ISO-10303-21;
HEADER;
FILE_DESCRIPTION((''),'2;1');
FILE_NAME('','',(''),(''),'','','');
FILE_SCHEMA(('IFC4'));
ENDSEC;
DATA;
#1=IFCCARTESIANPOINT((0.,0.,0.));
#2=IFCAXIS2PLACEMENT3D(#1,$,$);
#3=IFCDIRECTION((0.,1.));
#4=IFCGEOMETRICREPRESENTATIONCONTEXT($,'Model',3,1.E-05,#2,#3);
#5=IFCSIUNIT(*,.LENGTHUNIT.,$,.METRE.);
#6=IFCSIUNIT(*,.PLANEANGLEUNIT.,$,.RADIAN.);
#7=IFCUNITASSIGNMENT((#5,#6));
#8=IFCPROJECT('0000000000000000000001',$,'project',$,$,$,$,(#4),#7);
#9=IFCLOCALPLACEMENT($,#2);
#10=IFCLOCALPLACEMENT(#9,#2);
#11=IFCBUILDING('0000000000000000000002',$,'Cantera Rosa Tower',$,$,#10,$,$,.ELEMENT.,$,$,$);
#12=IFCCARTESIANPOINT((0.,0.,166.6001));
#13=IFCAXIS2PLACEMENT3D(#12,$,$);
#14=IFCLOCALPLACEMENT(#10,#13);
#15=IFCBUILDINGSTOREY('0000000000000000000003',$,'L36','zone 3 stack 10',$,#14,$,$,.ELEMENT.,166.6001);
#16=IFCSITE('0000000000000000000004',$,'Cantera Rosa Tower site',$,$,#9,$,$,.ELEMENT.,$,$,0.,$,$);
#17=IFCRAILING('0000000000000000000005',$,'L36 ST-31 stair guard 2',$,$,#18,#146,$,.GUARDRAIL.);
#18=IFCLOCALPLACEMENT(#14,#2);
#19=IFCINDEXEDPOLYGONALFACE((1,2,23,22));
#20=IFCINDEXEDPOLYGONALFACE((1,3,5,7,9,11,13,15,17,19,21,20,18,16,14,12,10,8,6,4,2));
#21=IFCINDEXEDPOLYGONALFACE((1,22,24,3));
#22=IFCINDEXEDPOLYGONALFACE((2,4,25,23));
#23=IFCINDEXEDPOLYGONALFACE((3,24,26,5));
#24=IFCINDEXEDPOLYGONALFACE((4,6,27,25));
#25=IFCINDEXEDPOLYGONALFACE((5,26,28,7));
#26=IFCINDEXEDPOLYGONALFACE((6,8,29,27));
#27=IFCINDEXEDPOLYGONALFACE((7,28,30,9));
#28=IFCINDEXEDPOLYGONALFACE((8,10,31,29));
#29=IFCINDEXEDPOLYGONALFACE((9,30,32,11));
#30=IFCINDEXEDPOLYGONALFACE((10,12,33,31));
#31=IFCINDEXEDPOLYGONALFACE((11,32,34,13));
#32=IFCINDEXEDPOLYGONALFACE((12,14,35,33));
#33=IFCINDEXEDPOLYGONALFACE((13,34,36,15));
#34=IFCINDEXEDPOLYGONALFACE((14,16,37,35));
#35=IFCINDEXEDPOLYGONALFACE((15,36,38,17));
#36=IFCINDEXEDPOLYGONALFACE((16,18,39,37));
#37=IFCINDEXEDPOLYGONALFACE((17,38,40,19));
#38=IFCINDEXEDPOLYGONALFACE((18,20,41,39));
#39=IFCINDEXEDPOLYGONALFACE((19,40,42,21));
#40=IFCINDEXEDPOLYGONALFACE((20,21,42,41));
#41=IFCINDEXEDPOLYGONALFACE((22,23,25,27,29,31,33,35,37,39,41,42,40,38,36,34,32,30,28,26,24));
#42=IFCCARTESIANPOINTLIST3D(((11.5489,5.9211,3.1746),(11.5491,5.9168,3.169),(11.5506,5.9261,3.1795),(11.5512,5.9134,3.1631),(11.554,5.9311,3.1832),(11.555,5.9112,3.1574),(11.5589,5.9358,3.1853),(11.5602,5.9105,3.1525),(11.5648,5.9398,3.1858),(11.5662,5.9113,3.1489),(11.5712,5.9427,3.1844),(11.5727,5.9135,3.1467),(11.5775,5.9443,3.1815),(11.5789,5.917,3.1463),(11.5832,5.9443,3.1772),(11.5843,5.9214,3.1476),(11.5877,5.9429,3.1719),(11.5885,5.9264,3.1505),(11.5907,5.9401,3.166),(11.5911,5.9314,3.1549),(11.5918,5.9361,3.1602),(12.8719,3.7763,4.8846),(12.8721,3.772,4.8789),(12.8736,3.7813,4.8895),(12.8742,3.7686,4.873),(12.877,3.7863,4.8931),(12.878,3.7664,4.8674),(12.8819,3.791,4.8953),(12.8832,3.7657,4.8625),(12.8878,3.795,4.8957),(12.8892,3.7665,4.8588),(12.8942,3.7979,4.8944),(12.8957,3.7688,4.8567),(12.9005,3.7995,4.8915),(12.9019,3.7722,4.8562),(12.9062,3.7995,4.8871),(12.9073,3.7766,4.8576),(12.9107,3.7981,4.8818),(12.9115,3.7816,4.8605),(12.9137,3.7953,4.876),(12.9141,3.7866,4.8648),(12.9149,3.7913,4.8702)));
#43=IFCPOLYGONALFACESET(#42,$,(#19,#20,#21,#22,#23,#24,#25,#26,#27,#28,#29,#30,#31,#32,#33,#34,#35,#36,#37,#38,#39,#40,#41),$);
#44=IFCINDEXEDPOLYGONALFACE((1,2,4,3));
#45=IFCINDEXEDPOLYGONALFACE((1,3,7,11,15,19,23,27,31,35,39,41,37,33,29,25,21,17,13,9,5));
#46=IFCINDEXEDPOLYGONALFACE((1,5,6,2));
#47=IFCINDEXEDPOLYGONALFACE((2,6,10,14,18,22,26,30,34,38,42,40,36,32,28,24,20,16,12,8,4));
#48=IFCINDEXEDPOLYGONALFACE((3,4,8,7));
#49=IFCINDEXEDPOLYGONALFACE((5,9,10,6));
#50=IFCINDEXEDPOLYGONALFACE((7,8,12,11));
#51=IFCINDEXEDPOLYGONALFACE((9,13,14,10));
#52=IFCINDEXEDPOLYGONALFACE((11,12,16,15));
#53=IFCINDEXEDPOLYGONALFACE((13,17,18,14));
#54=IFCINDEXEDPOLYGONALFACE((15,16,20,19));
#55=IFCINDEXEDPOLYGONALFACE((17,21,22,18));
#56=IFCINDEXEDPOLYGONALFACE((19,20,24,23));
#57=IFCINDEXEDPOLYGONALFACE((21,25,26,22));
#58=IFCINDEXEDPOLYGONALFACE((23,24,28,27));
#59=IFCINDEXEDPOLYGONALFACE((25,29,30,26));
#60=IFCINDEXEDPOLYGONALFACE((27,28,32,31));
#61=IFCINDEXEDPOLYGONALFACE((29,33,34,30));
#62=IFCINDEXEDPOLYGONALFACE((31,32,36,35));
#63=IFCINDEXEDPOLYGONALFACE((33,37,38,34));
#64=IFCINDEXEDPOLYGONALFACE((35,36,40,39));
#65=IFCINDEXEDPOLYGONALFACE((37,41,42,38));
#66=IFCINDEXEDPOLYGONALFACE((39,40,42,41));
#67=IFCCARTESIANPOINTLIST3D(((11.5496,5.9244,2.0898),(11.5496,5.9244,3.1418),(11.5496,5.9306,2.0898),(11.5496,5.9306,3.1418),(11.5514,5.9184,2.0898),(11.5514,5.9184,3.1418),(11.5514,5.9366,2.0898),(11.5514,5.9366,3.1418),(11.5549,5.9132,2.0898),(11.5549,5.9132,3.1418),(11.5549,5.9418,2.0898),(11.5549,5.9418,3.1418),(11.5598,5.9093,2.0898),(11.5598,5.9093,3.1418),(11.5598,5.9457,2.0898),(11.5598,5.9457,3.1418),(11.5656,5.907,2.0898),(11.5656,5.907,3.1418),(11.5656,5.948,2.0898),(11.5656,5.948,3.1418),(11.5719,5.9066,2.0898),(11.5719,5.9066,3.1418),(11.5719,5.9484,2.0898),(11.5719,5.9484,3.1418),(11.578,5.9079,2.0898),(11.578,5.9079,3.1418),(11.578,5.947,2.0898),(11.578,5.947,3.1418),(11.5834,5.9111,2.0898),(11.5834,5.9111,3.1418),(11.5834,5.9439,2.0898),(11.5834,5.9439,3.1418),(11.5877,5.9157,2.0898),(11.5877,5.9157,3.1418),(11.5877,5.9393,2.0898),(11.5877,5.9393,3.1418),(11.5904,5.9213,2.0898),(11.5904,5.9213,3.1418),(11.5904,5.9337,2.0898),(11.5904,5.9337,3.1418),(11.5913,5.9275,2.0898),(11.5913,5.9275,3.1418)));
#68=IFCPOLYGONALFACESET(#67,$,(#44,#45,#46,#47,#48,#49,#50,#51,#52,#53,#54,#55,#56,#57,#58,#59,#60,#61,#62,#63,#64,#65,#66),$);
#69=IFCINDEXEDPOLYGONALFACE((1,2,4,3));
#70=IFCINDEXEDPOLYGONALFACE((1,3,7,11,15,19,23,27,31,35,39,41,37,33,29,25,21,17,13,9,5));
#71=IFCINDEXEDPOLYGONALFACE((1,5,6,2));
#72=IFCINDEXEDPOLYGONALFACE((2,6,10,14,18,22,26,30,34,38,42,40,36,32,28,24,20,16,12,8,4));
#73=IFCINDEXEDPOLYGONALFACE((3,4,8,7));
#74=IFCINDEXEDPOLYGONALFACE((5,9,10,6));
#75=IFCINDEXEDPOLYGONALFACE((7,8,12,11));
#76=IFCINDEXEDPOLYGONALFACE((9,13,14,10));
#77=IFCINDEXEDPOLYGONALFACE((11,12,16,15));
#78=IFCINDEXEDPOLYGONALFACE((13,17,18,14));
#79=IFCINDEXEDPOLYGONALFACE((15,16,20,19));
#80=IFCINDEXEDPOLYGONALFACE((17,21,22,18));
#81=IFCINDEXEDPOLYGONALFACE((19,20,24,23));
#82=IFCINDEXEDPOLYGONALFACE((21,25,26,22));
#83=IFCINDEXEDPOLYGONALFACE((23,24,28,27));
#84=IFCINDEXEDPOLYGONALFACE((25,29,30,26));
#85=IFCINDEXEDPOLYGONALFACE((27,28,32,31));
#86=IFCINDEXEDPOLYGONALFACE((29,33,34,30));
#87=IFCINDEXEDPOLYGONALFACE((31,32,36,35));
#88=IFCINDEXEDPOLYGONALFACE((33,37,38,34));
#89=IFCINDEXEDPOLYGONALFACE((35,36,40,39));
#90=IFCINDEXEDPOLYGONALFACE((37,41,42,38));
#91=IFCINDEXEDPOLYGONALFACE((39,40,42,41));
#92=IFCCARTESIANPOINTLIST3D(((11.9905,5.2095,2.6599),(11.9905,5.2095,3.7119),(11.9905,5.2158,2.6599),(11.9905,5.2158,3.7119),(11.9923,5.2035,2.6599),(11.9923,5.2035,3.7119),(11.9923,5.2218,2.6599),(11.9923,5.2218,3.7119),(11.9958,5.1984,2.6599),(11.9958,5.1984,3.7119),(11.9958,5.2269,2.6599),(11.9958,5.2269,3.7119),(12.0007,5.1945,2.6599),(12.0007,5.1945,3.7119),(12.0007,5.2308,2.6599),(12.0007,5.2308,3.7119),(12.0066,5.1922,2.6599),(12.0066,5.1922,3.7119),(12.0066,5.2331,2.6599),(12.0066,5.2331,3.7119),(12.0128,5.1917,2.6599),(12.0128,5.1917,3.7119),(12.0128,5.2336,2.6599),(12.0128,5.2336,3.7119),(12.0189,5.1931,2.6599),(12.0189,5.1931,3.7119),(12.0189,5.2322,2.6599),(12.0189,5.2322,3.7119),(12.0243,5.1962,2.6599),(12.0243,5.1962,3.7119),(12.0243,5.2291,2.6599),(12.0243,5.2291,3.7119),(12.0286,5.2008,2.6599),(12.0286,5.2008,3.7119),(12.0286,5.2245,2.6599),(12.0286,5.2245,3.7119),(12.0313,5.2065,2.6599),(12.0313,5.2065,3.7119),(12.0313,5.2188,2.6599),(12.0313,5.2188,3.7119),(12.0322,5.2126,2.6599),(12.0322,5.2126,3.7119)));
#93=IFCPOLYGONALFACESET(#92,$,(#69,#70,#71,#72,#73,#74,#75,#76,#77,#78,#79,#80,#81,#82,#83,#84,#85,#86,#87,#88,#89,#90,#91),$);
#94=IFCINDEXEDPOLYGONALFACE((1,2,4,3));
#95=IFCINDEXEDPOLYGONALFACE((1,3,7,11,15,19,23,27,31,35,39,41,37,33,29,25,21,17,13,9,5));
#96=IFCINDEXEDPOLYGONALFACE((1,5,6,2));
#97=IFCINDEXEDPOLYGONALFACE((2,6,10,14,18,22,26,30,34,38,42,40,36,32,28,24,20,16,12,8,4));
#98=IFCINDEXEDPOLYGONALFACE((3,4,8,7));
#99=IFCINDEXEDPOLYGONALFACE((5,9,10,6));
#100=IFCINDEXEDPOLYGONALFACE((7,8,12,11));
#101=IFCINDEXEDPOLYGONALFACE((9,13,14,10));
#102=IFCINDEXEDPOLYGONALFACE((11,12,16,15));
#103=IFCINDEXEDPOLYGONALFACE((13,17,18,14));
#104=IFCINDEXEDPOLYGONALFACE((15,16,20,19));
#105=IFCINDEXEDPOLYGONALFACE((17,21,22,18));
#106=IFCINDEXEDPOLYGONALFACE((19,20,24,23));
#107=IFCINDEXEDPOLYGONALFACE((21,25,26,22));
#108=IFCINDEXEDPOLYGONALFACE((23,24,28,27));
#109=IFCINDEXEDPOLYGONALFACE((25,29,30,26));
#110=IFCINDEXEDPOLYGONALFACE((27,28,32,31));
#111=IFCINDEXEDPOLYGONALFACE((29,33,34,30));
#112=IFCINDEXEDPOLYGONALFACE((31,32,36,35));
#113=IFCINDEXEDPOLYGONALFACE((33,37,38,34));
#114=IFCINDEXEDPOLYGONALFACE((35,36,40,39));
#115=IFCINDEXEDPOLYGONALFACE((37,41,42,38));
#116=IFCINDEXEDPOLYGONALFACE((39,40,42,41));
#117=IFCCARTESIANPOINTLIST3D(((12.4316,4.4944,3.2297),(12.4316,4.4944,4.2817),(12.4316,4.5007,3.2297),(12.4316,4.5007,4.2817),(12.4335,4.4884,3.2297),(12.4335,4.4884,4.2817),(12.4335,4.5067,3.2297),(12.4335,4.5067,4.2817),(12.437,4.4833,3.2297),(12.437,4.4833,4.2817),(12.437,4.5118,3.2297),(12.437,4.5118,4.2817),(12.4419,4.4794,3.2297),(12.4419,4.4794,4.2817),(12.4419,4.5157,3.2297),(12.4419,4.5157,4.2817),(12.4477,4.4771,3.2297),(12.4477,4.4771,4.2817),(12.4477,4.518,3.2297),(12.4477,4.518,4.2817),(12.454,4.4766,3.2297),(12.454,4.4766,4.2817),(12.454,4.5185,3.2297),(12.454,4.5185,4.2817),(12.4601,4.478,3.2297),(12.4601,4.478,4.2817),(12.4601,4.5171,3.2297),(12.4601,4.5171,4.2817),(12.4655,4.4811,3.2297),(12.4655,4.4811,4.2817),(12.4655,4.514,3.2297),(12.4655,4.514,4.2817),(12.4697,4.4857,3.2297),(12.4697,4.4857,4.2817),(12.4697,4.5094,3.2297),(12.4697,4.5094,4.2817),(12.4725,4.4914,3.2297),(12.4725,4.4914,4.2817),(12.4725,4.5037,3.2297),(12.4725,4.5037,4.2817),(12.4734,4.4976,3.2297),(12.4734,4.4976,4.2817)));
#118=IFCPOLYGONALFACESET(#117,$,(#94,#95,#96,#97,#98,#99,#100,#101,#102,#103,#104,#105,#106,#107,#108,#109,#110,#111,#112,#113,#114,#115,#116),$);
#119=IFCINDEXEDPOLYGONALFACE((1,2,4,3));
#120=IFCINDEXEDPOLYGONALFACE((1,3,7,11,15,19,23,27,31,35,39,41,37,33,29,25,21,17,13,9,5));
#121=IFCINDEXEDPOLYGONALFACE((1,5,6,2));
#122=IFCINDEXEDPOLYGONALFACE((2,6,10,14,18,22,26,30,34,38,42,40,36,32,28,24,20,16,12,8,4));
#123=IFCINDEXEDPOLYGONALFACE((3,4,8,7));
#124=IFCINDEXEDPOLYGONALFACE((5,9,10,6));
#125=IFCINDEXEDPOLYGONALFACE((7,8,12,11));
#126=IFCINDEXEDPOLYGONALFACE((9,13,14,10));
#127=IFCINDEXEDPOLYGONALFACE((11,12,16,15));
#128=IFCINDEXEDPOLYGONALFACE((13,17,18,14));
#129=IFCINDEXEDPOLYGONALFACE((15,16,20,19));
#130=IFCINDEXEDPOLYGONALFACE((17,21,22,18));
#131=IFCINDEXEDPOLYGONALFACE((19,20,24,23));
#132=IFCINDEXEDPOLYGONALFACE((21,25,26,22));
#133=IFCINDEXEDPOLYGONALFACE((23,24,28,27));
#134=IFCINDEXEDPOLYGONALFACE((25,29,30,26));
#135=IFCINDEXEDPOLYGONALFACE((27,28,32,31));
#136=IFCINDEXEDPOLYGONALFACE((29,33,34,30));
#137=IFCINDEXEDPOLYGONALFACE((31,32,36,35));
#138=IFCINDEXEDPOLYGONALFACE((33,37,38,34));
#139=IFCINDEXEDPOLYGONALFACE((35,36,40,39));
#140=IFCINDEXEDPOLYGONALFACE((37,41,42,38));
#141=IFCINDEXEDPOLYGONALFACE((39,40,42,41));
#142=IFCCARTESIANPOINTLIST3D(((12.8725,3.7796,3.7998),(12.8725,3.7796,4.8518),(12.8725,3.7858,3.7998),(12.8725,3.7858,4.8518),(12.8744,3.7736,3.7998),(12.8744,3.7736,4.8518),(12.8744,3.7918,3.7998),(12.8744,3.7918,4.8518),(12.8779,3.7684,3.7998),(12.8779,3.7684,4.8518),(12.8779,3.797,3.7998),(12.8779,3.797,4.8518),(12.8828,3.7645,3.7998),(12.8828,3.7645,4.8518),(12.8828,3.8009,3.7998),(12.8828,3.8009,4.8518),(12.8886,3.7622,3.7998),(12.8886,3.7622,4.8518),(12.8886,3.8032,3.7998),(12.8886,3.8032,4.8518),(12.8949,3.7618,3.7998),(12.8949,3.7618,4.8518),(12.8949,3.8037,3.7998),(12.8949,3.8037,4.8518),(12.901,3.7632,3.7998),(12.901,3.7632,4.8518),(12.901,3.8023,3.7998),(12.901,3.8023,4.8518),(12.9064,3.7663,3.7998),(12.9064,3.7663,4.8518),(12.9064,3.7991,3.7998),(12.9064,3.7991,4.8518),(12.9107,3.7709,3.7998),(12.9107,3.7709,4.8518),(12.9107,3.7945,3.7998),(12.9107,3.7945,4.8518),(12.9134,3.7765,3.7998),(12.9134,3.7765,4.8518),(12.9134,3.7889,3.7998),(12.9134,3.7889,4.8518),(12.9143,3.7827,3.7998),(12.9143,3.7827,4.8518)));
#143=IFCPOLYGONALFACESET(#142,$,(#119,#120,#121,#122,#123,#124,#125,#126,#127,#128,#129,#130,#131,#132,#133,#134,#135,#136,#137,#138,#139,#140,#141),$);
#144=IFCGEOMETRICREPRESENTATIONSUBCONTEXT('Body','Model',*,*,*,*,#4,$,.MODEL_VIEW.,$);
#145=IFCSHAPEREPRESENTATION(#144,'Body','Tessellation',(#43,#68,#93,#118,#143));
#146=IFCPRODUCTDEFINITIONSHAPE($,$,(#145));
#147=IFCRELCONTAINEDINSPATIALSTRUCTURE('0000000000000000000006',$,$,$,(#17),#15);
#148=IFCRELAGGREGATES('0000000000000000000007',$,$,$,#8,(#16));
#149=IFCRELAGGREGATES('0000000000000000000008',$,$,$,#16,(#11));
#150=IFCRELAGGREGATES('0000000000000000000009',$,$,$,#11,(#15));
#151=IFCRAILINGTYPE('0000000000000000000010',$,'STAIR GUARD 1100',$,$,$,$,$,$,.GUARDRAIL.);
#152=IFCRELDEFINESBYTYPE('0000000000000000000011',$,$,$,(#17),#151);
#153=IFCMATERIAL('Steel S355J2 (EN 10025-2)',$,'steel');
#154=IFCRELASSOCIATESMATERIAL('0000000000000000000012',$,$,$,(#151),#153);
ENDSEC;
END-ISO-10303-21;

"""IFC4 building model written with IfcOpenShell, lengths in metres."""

from ifc_helpers import new_model, si_unit, direction, frame, origin, origin_2d, place, context, subcontext, project, spatial, circle, extrude, material, type_object, element, save


model = new_model("IFC4")

# Units and contexts
model_context = context("Model", 3, precision=1e-05, world=origin(), true_north=direction((0.0, 1.0)))
body_context = subcontext(model_context, "Body", "Model", "MODEL_VIEW")
ifc_project = project(units=[si_unit("LENGTHUNIT", "METRE"), si_unit("PLANEANGLEUNIT", "RADIAN")], contexts=[model_context])

# Site, building, storey
site_placement = place(None, origin())
site = spatial("IfcSite", under=ifc_project, at=site_placement, Name="Cantera Rosa Tower site", CompositionType="ELEMENT", RefElevation=0.0)
building_placement = place(site_placement, origin())
building = spatial("IfcBuilding", under=site, at=building_placement, Name="Cantera Rosa Tower", CompositionType="ELEMENT")
storey_placement = place(building_placement, frame((0.0, 0.0, 166.6001)))
storey = spatial("IfcBuildingStorey", under=building, at=storey_placement, Name="L36", Description="zone 3 stack 10", CompositionType="ELEMENT", Elevation=166.6001)

# Railing
ifc_material_1 = material(Name="Steel S355J2 (EN 10025-2)", Category="steel")
railing_type_1 = type_object("IfcRailingType", Name="STAIR GUARD 1100", PredefinedType="GUARDRAIL", material=ifc_material_1)
railing_1_placement = place(storey_placement, frame((11.5703, 5.9275, 2.0898)))
element("IfcRailing", 1, at=railing_1_placement, inside=storey, type_object=railing_type_1, Name="L36 ST-31 stair guard 2", PredefinedType="GUARDRAIL", context=body_context, shape_type="SweptSolid", body=[
    extrude(circle(Radius=0.0239, at=origin_2d()), frame((0.0, 0.0, 1.0762), z_axis=(0.434428, -0.704271, 0.561493), x_axis=(0.851102, 0.525, 0.0)), (0.0, 0.0, 1.0), 3.0454),
    extrude(circle(Radius=0.021, at=origin_2d()), origin(), (0.0, 0.0, 1.0), 1.052),
    extrude(circle(Radius=0.021, at=origin_2d()), frame((0.4409, -0.7148, 0.5701)), (0.0, 0.0, 1.0), 1.052),
    extrude(circle(Radius=0.021, at=origin_2d()), frame((0.8821, -1.4299, 1.1399)), (0.0, 0.0, 1.0), 1.052),
    extrude(circle(Radius=0.021, at=origin_2d()), frame((1.323, -2.1448, 1.71)), (0.0, 0.0, 1.0), 1.052),
])

save(model, "model.ifc")
